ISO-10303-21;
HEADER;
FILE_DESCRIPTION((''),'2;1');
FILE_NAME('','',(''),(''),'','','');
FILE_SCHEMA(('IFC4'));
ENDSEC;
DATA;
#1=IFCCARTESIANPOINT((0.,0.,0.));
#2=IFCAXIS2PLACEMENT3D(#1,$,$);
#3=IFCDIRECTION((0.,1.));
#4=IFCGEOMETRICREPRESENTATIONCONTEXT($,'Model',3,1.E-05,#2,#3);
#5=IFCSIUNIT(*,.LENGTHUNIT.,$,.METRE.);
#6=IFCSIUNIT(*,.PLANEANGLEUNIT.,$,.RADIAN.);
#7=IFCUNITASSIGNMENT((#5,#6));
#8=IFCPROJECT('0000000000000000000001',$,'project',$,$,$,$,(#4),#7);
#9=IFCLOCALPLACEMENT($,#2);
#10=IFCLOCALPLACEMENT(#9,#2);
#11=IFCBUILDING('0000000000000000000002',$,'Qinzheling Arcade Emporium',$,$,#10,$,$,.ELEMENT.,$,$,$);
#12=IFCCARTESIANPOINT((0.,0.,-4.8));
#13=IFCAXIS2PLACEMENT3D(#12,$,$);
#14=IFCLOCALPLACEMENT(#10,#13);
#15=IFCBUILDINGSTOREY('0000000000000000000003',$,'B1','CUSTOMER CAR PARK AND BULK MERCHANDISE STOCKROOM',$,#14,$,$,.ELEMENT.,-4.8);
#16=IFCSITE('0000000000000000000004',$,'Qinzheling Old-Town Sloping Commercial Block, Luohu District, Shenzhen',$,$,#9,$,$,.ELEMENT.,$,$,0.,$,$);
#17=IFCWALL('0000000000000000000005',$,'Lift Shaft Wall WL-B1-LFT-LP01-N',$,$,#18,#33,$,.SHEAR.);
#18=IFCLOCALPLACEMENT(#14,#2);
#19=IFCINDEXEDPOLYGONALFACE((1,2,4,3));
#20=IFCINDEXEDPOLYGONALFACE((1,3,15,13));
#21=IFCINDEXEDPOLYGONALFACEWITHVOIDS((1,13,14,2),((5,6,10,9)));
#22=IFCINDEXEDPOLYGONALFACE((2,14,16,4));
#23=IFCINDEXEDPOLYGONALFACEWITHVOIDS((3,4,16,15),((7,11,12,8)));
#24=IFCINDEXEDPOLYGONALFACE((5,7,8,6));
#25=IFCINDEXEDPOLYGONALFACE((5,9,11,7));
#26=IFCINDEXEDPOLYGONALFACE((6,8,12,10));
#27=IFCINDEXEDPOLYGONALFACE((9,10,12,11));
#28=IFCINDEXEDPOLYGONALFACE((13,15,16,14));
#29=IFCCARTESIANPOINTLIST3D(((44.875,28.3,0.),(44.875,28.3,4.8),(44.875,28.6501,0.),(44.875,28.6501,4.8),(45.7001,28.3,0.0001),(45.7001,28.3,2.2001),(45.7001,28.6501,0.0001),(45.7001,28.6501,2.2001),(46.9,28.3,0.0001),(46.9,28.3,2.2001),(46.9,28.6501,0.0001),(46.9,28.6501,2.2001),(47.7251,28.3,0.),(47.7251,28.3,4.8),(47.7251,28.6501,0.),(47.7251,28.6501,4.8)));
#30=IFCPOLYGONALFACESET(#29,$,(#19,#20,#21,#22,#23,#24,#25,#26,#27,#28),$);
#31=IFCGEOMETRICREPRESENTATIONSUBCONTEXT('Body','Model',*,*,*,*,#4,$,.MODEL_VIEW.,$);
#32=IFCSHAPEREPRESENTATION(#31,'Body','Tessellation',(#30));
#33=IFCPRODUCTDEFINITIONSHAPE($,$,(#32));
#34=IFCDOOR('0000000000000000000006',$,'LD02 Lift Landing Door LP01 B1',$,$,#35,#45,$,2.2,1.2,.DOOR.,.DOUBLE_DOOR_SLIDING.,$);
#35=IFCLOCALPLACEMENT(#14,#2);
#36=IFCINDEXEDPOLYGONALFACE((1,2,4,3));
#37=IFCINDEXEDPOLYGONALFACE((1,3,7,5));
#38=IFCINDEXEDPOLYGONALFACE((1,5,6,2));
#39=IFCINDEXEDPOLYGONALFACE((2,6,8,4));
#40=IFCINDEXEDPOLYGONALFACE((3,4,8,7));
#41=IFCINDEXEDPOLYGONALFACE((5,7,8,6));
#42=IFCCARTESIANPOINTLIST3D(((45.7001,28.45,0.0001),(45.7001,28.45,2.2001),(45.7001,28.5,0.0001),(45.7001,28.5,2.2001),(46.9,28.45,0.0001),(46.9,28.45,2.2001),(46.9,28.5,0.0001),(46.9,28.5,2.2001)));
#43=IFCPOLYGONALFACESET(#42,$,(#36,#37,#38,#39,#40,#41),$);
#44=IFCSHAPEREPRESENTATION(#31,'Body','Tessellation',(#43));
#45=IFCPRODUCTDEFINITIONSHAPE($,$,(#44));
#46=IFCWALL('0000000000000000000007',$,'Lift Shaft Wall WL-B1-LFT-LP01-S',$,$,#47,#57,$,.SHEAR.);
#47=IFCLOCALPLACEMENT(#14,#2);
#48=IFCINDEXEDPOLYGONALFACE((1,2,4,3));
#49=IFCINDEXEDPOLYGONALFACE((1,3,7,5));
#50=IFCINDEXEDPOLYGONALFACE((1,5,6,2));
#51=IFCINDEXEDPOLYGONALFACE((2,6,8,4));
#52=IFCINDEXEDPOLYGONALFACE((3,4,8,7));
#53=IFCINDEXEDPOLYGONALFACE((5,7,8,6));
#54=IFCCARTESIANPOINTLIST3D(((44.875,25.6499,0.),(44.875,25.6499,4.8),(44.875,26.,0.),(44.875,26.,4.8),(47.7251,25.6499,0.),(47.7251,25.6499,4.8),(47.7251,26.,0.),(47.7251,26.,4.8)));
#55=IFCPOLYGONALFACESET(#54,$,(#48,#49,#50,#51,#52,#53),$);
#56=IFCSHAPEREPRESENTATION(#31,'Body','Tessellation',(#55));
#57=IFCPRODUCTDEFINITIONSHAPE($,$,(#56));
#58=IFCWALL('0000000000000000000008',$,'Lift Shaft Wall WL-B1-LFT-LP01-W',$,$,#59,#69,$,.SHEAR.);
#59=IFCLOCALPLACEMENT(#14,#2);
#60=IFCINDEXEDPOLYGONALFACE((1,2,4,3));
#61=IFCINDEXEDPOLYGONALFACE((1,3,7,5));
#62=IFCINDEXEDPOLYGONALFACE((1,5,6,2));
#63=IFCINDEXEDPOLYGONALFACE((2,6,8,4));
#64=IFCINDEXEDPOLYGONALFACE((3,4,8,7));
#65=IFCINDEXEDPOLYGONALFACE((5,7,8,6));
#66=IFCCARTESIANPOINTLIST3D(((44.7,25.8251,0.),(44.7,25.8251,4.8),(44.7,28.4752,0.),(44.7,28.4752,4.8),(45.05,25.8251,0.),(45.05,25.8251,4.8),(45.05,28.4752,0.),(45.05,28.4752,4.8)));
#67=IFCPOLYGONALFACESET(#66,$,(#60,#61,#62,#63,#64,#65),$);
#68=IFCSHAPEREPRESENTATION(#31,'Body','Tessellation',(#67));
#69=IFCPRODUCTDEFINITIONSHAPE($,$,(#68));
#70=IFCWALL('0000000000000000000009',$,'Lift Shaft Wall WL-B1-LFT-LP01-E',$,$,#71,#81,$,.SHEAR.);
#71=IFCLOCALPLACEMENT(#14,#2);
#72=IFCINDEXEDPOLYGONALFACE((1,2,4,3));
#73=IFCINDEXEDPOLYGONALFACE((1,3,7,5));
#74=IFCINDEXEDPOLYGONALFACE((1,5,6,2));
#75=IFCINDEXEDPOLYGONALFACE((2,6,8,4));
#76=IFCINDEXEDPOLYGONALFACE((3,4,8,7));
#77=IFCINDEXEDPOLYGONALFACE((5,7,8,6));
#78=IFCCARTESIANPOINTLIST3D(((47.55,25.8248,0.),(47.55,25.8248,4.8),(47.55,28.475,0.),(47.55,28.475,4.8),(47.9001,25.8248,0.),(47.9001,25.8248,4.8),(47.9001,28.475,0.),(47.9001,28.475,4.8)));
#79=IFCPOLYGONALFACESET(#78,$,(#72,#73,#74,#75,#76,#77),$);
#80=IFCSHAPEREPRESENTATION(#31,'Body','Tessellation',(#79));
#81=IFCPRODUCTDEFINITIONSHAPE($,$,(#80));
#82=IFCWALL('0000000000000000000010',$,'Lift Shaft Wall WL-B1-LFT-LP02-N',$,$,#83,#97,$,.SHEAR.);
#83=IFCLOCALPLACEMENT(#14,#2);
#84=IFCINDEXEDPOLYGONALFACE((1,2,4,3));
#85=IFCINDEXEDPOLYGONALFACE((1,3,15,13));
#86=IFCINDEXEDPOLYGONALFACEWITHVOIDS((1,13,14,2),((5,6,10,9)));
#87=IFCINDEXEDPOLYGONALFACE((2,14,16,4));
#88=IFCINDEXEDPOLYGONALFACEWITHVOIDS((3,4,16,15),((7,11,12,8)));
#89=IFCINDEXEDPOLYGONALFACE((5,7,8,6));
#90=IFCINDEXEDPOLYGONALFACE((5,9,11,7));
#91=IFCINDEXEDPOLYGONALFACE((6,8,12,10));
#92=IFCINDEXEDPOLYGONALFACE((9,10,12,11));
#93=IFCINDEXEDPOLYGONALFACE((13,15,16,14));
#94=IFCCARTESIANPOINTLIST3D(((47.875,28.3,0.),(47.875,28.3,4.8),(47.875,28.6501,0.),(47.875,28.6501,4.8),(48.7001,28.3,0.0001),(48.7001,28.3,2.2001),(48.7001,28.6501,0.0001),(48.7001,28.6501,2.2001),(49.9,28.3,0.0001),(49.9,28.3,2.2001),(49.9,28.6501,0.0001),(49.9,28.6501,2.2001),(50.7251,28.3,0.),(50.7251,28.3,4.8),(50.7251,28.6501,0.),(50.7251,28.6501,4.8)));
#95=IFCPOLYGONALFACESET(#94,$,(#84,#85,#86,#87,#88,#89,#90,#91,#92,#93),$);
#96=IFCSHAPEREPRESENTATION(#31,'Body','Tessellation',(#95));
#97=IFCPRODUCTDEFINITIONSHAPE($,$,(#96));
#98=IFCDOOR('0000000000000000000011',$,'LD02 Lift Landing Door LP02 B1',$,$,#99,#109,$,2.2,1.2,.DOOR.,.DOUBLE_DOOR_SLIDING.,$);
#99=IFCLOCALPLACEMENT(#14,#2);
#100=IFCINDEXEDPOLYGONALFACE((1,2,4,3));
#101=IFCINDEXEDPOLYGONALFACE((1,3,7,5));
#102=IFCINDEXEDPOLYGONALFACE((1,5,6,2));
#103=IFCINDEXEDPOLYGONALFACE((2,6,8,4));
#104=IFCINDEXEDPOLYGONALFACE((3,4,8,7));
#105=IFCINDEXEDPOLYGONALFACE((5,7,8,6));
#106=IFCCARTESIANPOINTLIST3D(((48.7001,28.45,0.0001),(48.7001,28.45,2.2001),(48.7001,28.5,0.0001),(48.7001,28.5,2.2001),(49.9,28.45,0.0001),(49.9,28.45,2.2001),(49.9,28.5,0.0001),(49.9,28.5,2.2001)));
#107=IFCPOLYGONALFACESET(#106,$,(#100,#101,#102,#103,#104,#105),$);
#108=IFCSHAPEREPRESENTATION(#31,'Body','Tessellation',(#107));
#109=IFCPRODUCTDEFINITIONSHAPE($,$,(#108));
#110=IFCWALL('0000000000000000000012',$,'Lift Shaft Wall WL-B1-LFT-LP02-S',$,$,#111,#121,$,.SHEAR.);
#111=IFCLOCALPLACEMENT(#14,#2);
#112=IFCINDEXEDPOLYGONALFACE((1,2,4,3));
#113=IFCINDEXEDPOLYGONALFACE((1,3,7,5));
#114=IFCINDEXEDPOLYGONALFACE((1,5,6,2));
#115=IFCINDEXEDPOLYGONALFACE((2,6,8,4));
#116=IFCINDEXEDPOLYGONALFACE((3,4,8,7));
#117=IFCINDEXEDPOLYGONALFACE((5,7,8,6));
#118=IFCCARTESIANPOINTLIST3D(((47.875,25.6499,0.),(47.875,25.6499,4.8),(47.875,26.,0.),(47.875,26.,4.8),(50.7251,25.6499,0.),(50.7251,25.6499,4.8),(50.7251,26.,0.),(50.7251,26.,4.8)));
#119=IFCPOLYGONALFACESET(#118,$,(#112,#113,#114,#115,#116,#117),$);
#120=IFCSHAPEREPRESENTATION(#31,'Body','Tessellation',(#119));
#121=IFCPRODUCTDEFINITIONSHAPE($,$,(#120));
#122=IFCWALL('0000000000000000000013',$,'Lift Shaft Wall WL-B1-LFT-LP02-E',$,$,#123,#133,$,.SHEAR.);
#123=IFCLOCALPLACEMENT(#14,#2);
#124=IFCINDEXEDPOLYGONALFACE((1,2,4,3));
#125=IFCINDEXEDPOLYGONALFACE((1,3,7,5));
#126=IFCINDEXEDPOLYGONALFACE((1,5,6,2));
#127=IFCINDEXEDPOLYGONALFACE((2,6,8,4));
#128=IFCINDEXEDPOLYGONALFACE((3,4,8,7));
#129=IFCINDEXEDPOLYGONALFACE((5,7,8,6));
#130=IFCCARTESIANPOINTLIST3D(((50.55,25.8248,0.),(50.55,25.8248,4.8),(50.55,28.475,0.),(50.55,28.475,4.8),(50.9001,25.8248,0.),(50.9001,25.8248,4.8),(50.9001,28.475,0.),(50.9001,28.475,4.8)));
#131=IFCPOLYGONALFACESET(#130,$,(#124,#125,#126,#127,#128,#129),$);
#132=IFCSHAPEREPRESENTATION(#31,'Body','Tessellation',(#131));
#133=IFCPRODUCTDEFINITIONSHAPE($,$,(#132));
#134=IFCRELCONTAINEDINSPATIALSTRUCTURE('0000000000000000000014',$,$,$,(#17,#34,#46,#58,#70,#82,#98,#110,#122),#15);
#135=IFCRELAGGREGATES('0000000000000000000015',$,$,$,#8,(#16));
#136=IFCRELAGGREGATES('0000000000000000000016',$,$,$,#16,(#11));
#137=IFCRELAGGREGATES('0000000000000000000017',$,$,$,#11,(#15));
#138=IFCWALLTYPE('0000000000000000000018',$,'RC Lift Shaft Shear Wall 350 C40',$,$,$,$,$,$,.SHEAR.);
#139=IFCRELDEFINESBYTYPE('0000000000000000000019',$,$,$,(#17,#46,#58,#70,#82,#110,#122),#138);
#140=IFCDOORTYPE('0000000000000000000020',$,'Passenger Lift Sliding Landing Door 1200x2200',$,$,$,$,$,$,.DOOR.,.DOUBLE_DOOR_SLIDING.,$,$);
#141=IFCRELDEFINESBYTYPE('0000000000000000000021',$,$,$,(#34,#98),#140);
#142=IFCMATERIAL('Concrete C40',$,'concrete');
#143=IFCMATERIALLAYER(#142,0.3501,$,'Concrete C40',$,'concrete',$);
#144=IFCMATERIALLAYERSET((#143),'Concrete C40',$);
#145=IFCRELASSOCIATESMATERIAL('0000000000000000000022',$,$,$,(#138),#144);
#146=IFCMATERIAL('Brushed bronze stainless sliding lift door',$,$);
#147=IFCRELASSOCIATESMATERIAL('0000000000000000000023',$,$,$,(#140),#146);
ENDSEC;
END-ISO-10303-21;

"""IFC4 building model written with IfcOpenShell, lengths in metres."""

from ifc_helpers import new_model, si_unit, direction, frame, frame_2d, origin, place, context, subcontext, project, spatial, rectangle, extrude, material, layer, layer_set, type_object, element, fill, save


model = new_model("IFC4")

# Units and contexts
model_context = context("Model", 3, precision=1e-05, world=origin(), true_north=direction((0.0, 1.0)))
body_context = subcontext(model_context, "Body", "Model", "MODEL_VIEW")
ifc_project = project(units=[si_unit("LENGTHUNIT", "METRE"), si_unit("PLANEANGLEUNIT", "RADIAN")], contexts=[model_context])

# Site, building, storey
site_placement = place(None, origin())
site = spatial("IfcSite", under=ifc_project, at=site_placement, Name="Qinzheling Old-Town Sloping Commercial Block, Luohu District, Shenzhen", CompositionType="ELEMENT", RefElevation=0.0)
building_placement = place(site_placement, origin())
building = spatial("IfcBuilding", under=site, at=building_placement, Name="Qinzheling Arcade Emporium", CompositionType="ELEMENT")
storey_placement = place(building_placement, frame((0.0, 0.0, -4.8)))
storey = spatial("IfcBuildingStorey", under=building, at=storey_placement, Name="B1", Description="CUSTOMER CAR PARK AND BULK MERCHANDISE STOCKROOM", CompositionType="ELEMENT", Elevation=-4.8)

# Shared definitions
ifc_material_1 = material(Name="Concrete C40", Category="concrete")

# Shared definitions
ifc_layer_1 = layer(ifc_material_1, 0.3501, Name="Concrete C40", Category="concrete")
ifc_layer_set_1 = layer_set([ifc_layer_1], Name="Concrete C40")
wall_type_1 = type_object("IfcWallType", Name="RC Lift Shaft Shear Wall 350 C40", PredefinedType="SHEAR", material=ifc_layer_set_1)

# Wall, opening, door
wall_1_placement = place(storey_placement, frame((44.875, 28.4751, 0.0), z_axis=(0.0, 0.0, 1.0), x_axis=(1.0, 0.0, 0.0)))
wall_1 = element("IfcWall", 1, at=wall_1_placement, inside=storey, type_object=wall_type_1, Name="Lift Shaft Wall WL-B1-LFT-LP01-N", PredefinedType="SHEAR", context=body_context, shape_type="SweptSolid", body=[
    extrude(rectangle(XDim=2.8501, YDim=0.3501, at=frame_2d((1.425, 0.0))), origin(), (0.0, 0.0, 1.0), 4.8),
])
opening_1_placement = place(wall_1_placement, frame((0.825, 0.0, 0.0)))
opening_1 = element("IfcOpeningElement", 2, at=opening_1_placement, cuts=wall_1, PredefinedType="OPENING", context=body_context, shape_type="SweptSolid", body=[
    extrude(rectangle(XDim=1.2, YDim=2.2, at=frame_2d((0.6001, 1.1001))), frame((0.0, 0.1851, 0.0), z_axis=(0.0, -1.0, 0.0), x_axis=(1.0, 0.0, 0.0)), (0.0, 0.0, 1.0), 0.3701),
])
ifc_material_2 = material(Name="Brushed bronze stainless sliding lift door")
door_type_1 = type_object("IfcDoorType", Name="Passenger Lift Sliding Landing Door 1200x2200", OperationType="DOUBLE_DOOR_SLIDING", PredefinedType="DOOR", material=ifc_material_2)
door_1_placement = place(opening_1_placement, origin())
door_1 = element("IfcDoor", 3, at=door_1_placement, inside=storey, type_object=door_type_1, Name="LD02 Lift Landing Door LP01 B1", OperationType="DOUBLE_DOOR_SLIDING", OverallHeight=2.2, OverallWidth=1.2, PredefinedType="DOOR", context=body_context, shape_type="SweptSolid", body=[
    extrude(rectangle(XDim=1.2, YDim=2.2, at=frame_2d((0.6001, 1.1001))), frame((0.0, 0.0249, 0.0), z_axis=(0.0, -1.0, 0.0), x_axis=(1.0, 0.0, 0.0)), (0.0, 0.0, 1.0), 0.05),
])
fill(opening_1, door_1)

# Walls
wall_2_placement = place(storey_placement, frame((47.7251, 25.825, 0.0), z_axis=(0.0, 0.0, 1.0), x_axis=(-1.0, 0.0, 0.0)))
element("IfcWall", 4, at=wall_2_placement, inside=storey, type_object=wall_type_1, Name="Lift Shaft Wall WL-B1-LFT-LP01-S", PredefinedType="SHEAR", context=body_context, shape_type="SweptSolid", body=[
    extrude(rectangle(XDim=2.8501, YDim=0.3501, at=frame_2d((1.425, 0.0))), origin(), (0.0, 0.0, 1.0), 4.8),
])
for number, where, z_axis, x_axis, name in (
    (5, (44.875, 25.825, 0.0), (0.0, 0.0, 1.0), (0.0, 1.0, 0.0), "Lift Shaft Wall WL-B1-LFT-LP01-W"),
    (6, (47.7251, 28.4751, 0.0), (0.0, 0.0, 1.0), (0.0, -1.0, 0.0), "Lift Shaft Wall WL-B1-LFT-LP01-E"),
):
    element("IfcWall", number, at=place(storey_placement, frame(where, z_axis=z_axis, x_axis=x_axis)), inside=storey, type_object=wall_type_1, Name=name, PredefinedType="SHEAR", context=body_context, shape_type="SweptSolid", body=[
        extrude(rectangle(XDim=2.6501, YDim=0.3501, at=frame_2d((1.3252, 0.0))), origin(), (0.0, 0.0, 1.0), 4.8),
    ])

# Wall, opening, door
wall_3_placement = place(storey_placement, frame((47.875, 28.4751, 0.0), z_axis=(0.0, 0.0, 1.0), x_axis=(1.0, 0.0, 0.0)))
wall_3 = element("IfcWall", 7, at=wall_3_placement, inside=storey, type_object=wall_type_1, Name="Lift Shaft Wall WL-B1-LFT-LP02-N", PredefinedType="SHEAR", context=body_context, shape_type="SweptSolid", body=[
    extrude(rectangle(XDim=2.8501, YDim=0.3501, at=frame_2d((1.425, 0.0))), origin(), (0.0, 0.0, 1.0), 4.8),
])
opening_2_placement = place(wall_3_placement, frame((0.825, 0.0, 0.0)))
opening_2 = element("IfcOpeningElement", 8, at=opening_2_placement, cuts=wall_3, PredefinedType="OPENING", context=body_context, shape_type="SweptSolid", body=[
    extrude(rectangle(XDim=1.2, YDim=2.2, at=frame_2d((0.6001, 1.1001))), frame((0.0, 0.1851, 0.0), z_axis=(0.0, -1.0, 0.0), x_axis=(1.0, 0.0, 0.0)), (0.0, 0.0, 1.0), 0.3701),
])
door_2_placement = place(opening_2_placement, origin())
door_2 = element("IfcDoor", 9, at=door_2_placement, inside=storey, type_object=door_type_1, Name="LD02 Lift Landing Door LP02 B1", OperationType="DOUBLE_DOOR_SLIDING", OverallHeight=2.2, OverallWidth=1.2, PredefinedType="DOOR", context=body_context, shape_type="SweptSolid", body=[
    extrude(rectangle(XDim=1.2, YDim=2.2, at=frame_2d((0.6001, 1.1001))), frame((0.0, 0.0249, 0.0), z_axis=(0.0, -1.0, 0.0), x_axis=(1.0, 0.0, 0.0)), (0.0, 0.0, 1.0), 0.05),
])
fill(opening_2, door_2)

# Walls
wall_4_placement = place(storey_placement, frame((50.7251, 25.825, 0.0), z_axis=(0.0, 0.0, 1.0), x_axis=(-1.0, 0.0, 0.0)))
element("IfcWall", 10, at=wall_4_placement, inside=storey, type_object=wall_type_1, Name="Lift Shaft Wall WL-B1-LFT-LP02-S", PredefinedType="SHEAR", context=body_context, shape_type="SweptSolid", body=[
    extrude(rectangle(XDim=2.8501, YDim=0.3501, at=frame_2d((1.425, 0.0))), origin(), (0.0, 0.0, 1.0), 4.8),
])
wall_5_placement = place(storey_placement, frame((50.7251, 28.4751, 0.0), z_axis=(0.0, 0.0, 1.0), x_axis=(0.0, -1.0, 0.0)))
element("IfcWall", 11, at=wall_5_placement, inside=storey, type_object=wall_type_1, Name="Lift Shaft Wall WL-B1-LFT-LP02-E", PredefinedType="SHEAR", context=body_context, shape_type="SweptSolid", body=[
    extrude(rectangle(XDim=2.6501, YDim=0.3501, at=frame_2d((1.3252, 0.0))), origin(), (0.0, 0.0, 1.0), 4.8),
])

save(model, "model.ifc")
